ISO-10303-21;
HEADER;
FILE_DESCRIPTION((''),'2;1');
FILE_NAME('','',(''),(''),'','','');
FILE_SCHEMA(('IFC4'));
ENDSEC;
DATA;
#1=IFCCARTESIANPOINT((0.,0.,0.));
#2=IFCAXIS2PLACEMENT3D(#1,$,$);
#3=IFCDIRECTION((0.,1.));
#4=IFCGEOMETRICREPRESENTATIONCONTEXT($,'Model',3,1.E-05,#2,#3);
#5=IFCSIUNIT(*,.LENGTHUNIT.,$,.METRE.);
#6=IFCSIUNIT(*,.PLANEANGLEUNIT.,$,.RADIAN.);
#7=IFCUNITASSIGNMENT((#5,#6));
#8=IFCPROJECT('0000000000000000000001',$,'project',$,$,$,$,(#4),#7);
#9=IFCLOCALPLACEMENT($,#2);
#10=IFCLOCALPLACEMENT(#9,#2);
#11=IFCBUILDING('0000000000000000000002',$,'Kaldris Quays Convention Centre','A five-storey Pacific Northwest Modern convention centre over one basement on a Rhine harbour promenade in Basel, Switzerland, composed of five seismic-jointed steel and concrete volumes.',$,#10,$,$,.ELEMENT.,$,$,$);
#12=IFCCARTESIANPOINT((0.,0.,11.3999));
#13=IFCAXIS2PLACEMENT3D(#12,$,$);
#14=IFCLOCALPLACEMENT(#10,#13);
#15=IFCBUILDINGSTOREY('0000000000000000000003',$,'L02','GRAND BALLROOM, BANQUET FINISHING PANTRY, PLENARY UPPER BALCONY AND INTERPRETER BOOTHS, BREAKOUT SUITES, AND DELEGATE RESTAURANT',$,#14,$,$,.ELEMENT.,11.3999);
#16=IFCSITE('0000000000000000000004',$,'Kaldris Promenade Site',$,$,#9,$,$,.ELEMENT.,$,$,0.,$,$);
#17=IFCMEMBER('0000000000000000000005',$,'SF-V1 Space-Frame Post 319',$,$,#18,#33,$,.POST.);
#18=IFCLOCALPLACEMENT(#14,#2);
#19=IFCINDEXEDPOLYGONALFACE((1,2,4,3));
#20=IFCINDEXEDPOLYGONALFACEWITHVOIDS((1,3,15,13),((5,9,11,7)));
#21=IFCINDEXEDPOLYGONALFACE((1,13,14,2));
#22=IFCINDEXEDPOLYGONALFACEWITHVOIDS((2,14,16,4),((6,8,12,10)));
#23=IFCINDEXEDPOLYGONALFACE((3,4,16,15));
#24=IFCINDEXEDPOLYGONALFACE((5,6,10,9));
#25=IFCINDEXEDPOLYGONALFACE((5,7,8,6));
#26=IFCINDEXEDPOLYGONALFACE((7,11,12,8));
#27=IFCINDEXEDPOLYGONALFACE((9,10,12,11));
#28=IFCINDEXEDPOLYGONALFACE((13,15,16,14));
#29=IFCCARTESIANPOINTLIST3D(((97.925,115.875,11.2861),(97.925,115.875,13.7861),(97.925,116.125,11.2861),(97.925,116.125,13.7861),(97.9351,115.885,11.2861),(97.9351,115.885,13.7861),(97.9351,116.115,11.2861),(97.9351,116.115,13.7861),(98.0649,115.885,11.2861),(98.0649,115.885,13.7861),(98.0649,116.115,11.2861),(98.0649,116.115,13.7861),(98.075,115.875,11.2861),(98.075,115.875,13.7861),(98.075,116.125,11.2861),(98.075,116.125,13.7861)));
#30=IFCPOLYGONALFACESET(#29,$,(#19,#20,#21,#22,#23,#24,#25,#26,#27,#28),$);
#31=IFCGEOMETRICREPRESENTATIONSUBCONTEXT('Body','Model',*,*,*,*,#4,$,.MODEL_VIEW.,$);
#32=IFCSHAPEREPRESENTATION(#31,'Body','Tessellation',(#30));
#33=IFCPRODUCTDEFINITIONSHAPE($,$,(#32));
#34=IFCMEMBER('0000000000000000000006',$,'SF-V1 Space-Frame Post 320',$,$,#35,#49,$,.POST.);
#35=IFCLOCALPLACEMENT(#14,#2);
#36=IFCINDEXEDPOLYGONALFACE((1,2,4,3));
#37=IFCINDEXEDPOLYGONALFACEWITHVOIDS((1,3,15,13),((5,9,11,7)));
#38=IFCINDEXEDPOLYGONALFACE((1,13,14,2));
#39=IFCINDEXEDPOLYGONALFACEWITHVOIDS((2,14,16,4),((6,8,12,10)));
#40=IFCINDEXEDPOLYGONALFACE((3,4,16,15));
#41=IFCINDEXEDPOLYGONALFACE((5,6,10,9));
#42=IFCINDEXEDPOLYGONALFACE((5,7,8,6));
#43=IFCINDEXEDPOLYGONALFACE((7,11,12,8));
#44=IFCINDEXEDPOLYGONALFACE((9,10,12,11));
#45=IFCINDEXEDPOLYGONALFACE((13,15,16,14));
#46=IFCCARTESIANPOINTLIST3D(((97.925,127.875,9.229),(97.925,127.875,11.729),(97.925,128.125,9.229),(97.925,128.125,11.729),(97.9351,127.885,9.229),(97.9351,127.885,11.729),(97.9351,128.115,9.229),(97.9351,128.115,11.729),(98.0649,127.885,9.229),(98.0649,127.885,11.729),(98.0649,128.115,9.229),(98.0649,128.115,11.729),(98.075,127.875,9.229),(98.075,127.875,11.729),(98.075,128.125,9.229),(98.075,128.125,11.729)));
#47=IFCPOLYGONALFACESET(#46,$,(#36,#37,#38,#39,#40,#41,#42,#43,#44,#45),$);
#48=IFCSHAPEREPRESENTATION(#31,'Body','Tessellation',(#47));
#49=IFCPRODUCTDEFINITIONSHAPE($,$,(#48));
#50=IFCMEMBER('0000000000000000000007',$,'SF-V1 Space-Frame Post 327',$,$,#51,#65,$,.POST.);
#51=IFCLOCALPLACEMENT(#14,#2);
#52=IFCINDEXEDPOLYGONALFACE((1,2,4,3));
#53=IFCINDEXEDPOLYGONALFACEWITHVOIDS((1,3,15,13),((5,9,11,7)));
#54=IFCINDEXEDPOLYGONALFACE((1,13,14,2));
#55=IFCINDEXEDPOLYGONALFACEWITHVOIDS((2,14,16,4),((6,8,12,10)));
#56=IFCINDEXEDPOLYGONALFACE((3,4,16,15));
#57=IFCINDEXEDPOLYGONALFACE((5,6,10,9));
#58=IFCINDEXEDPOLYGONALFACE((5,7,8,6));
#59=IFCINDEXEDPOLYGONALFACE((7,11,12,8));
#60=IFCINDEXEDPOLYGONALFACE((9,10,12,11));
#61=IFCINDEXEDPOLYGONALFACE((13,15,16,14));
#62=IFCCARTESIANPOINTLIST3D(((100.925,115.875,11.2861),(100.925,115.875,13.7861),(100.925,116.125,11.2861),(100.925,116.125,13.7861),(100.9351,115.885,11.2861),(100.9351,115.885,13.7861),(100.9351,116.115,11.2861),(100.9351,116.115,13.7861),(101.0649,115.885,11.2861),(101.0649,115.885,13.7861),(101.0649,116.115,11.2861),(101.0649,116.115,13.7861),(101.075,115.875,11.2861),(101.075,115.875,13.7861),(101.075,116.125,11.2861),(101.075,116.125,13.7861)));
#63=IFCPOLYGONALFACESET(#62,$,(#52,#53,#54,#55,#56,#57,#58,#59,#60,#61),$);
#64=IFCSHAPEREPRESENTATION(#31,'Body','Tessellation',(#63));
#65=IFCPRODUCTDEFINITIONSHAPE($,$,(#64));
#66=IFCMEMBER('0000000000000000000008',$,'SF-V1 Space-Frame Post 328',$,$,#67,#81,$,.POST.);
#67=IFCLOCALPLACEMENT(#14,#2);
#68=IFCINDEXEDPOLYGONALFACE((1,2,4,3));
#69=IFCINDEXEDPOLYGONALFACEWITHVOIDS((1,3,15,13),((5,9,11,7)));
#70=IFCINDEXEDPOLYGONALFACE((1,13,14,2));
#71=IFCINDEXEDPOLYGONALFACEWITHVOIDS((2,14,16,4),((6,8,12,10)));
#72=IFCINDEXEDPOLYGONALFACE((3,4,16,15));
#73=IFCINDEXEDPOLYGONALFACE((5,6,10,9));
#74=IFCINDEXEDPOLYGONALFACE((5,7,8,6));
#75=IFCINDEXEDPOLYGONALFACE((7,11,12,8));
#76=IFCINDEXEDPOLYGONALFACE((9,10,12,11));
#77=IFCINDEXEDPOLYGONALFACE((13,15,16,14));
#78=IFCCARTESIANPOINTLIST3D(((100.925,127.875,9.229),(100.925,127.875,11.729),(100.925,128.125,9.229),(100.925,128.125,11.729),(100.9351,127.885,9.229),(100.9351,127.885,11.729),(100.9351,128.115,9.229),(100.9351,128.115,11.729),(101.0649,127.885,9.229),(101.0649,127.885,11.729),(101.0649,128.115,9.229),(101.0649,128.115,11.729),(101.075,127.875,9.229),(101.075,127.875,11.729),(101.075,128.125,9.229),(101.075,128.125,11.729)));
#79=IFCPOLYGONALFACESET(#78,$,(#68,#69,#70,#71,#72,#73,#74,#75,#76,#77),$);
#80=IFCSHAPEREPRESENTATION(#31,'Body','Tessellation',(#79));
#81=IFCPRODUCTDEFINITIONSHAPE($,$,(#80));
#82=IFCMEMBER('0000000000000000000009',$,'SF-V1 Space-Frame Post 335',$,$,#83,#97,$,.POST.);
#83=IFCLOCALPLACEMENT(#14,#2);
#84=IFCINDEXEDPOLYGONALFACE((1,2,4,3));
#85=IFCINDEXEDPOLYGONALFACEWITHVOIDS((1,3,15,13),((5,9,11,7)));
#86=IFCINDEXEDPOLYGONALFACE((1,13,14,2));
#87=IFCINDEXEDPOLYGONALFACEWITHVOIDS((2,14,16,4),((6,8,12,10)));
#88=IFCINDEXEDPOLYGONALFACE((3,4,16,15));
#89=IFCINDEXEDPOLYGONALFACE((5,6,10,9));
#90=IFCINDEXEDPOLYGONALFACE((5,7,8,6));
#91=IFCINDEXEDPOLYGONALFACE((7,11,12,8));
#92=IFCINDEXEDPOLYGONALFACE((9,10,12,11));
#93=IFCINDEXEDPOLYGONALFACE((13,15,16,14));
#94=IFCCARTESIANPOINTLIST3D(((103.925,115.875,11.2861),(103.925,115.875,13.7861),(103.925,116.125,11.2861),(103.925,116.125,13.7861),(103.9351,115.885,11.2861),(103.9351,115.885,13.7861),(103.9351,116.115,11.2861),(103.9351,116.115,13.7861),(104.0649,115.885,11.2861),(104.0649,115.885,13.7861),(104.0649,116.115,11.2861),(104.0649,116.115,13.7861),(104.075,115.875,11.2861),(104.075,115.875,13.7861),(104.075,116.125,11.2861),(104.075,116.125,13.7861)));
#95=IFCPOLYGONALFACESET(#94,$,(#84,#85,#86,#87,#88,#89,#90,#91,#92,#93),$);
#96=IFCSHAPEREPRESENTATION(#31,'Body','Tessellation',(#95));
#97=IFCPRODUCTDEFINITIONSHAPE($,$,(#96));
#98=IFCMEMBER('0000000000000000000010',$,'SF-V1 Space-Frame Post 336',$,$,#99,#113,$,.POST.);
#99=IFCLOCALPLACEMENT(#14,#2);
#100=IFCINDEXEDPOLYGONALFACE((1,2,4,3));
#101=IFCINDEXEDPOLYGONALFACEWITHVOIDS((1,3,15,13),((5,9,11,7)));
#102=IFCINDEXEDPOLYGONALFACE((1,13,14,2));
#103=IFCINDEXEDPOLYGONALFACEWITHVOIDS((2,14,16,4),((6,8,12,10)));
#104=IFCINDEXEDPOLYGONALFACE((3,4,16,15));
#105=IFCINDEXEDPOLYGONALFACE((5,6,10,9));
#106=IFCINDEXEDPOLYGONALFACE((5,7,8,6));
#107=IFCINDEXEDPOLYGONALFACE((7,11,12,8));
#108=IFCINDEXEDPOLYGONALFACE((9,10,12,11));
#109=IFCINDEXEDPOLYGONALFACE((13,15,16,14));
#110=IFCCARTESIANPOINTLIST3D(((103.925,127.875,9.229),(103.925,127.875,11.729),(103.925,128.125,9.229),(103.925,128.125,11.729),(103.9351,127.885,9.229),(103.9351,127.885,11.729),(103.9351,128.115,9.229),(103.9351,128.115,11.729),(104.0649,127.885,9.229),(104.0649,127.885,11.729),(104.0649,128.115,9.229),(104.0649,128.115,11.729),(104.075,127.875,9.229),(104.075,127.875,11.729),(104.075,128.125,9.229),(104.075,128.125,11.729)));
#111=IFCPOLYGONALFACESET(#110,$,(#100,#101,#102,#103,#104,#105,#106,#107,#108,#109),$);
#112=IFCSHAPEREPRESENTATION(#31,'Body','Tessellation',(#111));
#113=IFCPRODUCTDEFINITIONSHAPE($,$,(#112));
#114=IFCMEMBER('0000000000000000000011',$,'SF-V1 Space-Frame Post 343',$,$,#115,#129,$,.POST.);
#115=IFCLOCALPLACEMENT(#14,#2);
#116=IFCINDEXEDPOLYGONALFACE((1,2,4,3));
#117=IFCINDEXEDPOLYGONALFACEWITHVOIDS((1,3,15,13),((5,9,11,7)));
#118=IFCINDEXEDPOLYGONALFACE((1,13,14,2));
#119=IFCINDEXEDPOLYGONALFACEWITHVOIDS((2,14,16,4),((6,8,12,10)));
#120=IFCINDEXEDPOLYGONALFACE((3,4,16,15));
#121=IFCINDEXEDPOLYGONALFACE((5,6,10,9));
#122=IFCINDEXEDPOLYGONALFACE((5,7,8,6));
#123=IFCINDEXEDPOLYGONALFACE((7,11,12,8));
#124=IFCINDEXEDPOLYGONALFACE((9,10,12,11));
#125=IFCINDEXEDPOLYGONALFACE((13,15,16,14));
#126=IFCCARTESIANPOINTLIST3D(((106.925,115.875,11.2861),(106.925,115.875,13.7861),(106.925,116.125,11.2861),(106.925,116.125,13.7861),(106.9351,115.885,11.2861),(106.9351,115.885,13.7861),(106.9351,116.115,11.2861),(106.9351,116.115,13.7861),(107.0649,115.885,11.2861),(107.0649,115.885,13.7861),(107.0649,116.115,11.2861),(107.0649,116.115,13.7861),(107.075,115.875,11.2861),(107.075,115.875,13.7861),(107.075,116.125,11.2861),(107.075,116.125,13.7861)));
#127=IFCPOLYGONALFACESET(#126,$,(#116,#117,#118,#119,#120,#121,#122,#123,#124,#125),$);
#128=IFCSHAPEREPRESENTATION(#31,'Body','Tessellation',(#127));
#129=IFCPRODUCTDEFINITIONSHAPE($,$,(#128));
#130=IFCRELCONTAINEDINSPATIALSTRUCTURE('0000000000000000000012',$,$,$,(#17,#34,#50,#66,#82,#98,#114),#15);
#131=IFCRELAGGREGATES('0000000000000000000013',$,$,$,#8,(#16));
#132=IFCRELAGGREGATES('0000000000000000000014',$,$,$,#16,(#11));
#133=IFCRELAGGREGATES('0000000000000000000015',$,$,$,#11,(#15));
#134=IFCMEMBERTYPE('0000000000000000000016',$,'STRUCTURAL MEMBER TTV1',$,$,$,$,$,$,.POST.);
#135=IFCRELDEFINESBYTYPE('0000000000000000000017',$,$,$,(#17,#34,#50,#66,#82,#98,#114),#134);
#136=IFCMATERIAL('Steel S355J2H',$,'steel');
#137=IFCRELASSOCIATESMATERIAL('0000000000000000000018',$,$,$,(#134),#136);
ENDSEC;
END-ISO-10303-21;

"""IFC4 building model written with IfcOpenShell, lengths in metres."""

from ifc_helpers import new_model, si_unit, direction, frame, origin, origin_2d, place, context, subcontext, project, spatial, hollow_rectangle, extrude, material, material_profile, profile_set, type_object, element, save


model = new_model("IFC4")

# Units and contexts
model_context = context("Model", 3, precision=1e-05, world=origin(), true_north=direction((0.0, 1.0)))
body_context = subcontext(model_context, "Body", "Model", "MODEL_VIEW")
ifc_project = project(units=[si_unit("LENGTHUNIT", "METRE"), si_unit("PLANEANGLEUNIT", "RADIAN")], contexts=[model_context])

# Site, building, storey
site_placement = place(None, origin())
site = spatial("IfcSite", under=ifc_project, at=site_placement, Name="Kaldris Promenade Site", CompositionType="ELEMENT", RefElevation=0.0)
building_placement = place(site_placement, origin())
building = spatial("IfcBuilding", under=site, at=building_placement, Name="Kaldris Quays Convention Centre", Description="A five-storey Pacific Northwest Modern convention centre over one basement on a Rhine harbour promenade in Basel, Switzerland, composed of five seismic-jointed steel and concrete volumes.", CompositionType="ELEMENT")
storey_placement = place(building_placement, frame((0.0, 0.0, 11.3999)))
storey = spatial("IfcBuildingStorey", under=building, at=storey_placement, Name="L02", Description="GRAND BALLROOM, BANQUET FINISHING PANTRY, PLENARY UPPER BALCONY AND INTERPRETER BOOTHS, BREAKOUT SUITES, AND DELEGATE RESTAURANT", CompositionType="ELEMENT", Elevation=11.3999)

# Members
ifc_material = material(Name="Steel S355J2H", Category="steel")
ifc_material_profile_1 = material_profile(ifc_material, hollow_rectangle(XDim=0.1499, YDim=0.25, WallThickness=0.01, at=origin_2d()), Name="RHS 250x150x10")
ifc_profile_set_1 = profile_set([ifc_material_profile_1], Name="Steel S355J2H")
member_type_1 = type_object("IfcMemberType", Name="STRUCTURAL MEMBER TTV1", PredefinedType="POST", material=ifc_profile_set_1)
for number, where, z_axis, x_axis, name in (
    (1, (98.0, 116.0, 11.2861), (0.0, 0.0, 1.0), (1.0, 0.0, 0.0), "SF-V1 Space-Frame Post 319"),
    (2, (98.0, 128.0, 9.229), (0.0, 0.0, 1.0), (1.0, 0.0, 0.0), "SF-V1 Space-Frame Post 320"),
    (3, (101.0, 116.0, 11.2861), (0.0, 0.0, 1.0), (1.0, 0.0, 0.0), "SF-V1 Space-Frame Post 327"),
    (4, (101.0, 128.0, 9.229), (0.0, 0.0, 1.0), (1.0, 0.0, 0.0), "SF-V1 Space-Frame Post 328"),
    (5, (104.0, 116.0, 11.2861), (0.0, 0.0, 1.0), (1.0, 0.0, 0.0), "SF-V1 Space-Frame Post 335"),
    (6, (104.0, 128.0, 9.229), (0.0, 0.0, 1.0), (1.0, 0.0, 0.0), "SF-V1 Space-Frame Post 336"),
    (7, (107.0, 116.0, 11.2861), (0.0, 0.0, 1.0), (1.0, 0.0, 0.0), "SF-V1 Space-Frame Post 343"),
):
    element("IfcMember", number, at=place(storey_placement, frame(where, z_axis=z_axis, x_axis=x_axis)), inside=storey, type_object=member_type_1, Name=name, PredefinedType="POST", context=body_context, shape_type="SweptSolid", body=[
        extrude(hollow_rectangle(XDim=0.1499, YDim=0.25, WallThickness=0.01, at=origin_2d()), origin(), (0.0, 0.0, 1.0), 2.5),
    ])

save(model, "model.ifc")
